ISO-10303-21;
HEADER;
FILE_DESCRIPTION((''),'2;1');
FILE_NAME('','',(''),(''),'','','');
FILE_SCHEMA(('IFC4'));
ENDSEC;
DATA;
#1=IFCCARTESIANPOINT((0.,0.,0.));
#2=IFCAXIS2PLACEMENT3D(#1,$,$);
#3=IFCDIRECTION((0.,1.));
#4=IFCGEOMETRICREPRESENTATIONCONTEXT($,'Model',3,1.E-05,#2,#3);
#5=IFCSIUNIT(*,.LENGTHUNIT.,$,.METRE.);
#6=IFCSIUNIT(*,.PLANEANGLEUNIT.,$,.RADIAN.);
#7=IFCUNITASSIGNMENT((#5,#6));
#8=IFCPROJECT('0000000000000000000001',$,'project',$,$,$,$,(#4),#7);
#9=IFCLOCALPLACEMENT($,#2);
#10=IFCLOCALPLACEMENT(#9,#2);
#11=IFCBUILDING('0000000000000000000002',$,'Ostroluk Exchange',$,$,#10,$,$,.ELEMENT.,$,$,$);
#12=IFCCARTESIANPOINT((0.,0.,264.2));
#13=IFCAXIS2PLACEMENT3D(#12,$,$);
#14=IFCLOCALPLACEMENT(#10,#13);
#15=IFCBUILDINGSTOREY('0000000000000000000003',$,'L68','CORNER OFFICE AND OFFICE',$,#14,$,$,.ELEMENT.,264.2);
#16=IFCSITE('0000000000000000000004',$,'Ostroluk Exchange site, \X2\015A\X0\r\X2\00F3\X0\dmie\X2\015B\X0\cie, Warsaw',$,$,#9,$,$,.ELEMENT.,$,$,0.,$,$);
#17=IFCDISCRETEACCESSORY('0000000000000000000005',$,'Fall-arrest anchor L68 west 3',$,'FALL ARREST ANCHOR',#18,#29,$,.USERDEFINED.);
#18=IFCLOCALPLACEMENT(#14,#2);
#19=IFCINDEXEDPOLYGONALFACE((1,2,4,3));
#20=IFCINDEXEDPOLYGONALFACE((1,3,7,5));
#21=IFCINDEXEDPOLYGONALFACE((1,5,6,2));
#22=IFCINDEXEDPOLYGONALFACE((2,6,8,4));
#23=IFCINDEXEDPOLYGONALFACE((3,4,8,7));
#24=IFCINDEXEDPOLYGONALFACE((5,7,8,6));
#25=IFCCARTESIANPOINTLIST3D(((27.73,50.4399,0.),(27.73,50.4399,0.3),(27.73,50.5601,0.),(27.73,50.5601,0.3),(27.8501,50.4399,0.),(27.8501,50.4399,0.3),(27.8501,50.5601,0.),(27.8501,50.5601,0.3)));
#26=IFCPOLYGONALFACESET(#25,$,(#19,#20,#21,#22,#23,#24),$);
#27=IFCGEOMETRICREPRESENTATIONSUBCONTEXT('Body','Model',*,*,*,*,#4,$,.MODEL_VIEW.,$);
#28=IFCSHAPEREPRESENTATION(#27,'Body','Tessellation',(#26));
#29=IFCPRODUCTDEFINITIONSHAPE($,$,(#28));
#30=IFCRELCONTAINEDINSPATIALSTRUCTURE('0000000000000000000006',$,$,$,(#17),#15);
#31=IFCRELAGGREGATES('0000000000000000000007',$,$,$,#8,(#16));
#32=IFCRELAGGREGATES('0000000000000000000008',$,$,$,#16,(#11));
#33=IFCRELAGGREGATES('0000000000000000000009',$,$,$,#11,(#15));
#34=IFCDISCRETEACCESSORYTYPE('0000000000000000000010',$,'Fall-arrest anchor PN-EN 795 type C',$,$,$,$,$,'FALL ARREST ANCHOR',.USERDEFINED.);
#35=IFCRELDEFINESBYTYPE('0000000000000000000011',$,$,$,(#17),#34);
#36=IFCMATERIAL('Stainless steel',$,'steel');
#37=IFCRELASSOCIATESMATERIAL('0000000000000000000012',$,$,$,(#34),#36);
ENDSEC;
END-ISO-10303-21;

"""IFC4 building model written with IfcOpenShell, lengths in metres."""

from ifc_helpers import new_model, si_unit, direction, frame, origin, origin_2d, place, context, subcontext, project, spatial, rectangle, extrude, material, type_object, element, save


model = new_model("IFC4")

# Units and contexts
model_context = context("Model", 3, precision=1e-05, world=origin(), true_north=direction((0.0, 1.0)))
body_context = subcontext(model_context, "Body", "Model", "MODEL_VIEW")
ifc_project = project(units=[si_unit("LENGTHUNIT", "METRE"), si_unit("PLANEANGLEUNIT", "RADIAN")], contexts=[model_context])

# Site, building, storey
site_placement = place(None, origin())
site = spatial("IfcSite", under=ifc_project, at=site_placement, Name="Ostroluk Exchange site, Śródmieście, Warsaw", CompositionType="ELEMENT", RefElevation=0.0)
building_placement = place(site_placement, origin())
building = spatial("IfcBuilding", under=site, at=building_placement, Name="Ostroluk Exchange", CompositionType="ELEMENT")
storey_placement = place(building_placement, frame((0.0, 0.0, 264.2)))
storey = spatial("IfcBuildingStorey", under=building, at=storey_placement, Name="L68", Description="CORNER OFFICE AND OFFICE", CompositionType="ELEMENT", Elevation=264.2)

# Discrete accessory
ifc_material_1 = material(Name="Stainless steel", Category="steel")
discrete_accessory_type = type_object("IfcDiscreteAccessoryType", Name="Fall-arrest anchor PN-EN 795 type C", ElementType="FALL ARREST ANCHOR", PredefinedType="USERDEFINED", material=ifc_material_1)
discrete_accessory_placement = place(storey_placement, frame((27.79, 50.5, 0.0), z_axis=(0.0, 0.0, 1.0), x_axis=(1.0, 0.0, 0.0)))
element("IfcDiscreteAccessory", 1, at=discrete_accessory_placement, inside=storey, type_object=discrete_accessory_type, Name="Fall-arrest anchor L68 west 3", ObjectType="FALL ARREST ANCHOR", PredefinedType="USERDEFINED", context=body_context, shape_type="SweptSolid", body=[
    extrude(rectangle(XDim=0.1201, YDim=0.1201, at=origin_2d()), origin(), (0.0, 0.0, 1.0), 0.3),
])

save(model, "model.ifc")
